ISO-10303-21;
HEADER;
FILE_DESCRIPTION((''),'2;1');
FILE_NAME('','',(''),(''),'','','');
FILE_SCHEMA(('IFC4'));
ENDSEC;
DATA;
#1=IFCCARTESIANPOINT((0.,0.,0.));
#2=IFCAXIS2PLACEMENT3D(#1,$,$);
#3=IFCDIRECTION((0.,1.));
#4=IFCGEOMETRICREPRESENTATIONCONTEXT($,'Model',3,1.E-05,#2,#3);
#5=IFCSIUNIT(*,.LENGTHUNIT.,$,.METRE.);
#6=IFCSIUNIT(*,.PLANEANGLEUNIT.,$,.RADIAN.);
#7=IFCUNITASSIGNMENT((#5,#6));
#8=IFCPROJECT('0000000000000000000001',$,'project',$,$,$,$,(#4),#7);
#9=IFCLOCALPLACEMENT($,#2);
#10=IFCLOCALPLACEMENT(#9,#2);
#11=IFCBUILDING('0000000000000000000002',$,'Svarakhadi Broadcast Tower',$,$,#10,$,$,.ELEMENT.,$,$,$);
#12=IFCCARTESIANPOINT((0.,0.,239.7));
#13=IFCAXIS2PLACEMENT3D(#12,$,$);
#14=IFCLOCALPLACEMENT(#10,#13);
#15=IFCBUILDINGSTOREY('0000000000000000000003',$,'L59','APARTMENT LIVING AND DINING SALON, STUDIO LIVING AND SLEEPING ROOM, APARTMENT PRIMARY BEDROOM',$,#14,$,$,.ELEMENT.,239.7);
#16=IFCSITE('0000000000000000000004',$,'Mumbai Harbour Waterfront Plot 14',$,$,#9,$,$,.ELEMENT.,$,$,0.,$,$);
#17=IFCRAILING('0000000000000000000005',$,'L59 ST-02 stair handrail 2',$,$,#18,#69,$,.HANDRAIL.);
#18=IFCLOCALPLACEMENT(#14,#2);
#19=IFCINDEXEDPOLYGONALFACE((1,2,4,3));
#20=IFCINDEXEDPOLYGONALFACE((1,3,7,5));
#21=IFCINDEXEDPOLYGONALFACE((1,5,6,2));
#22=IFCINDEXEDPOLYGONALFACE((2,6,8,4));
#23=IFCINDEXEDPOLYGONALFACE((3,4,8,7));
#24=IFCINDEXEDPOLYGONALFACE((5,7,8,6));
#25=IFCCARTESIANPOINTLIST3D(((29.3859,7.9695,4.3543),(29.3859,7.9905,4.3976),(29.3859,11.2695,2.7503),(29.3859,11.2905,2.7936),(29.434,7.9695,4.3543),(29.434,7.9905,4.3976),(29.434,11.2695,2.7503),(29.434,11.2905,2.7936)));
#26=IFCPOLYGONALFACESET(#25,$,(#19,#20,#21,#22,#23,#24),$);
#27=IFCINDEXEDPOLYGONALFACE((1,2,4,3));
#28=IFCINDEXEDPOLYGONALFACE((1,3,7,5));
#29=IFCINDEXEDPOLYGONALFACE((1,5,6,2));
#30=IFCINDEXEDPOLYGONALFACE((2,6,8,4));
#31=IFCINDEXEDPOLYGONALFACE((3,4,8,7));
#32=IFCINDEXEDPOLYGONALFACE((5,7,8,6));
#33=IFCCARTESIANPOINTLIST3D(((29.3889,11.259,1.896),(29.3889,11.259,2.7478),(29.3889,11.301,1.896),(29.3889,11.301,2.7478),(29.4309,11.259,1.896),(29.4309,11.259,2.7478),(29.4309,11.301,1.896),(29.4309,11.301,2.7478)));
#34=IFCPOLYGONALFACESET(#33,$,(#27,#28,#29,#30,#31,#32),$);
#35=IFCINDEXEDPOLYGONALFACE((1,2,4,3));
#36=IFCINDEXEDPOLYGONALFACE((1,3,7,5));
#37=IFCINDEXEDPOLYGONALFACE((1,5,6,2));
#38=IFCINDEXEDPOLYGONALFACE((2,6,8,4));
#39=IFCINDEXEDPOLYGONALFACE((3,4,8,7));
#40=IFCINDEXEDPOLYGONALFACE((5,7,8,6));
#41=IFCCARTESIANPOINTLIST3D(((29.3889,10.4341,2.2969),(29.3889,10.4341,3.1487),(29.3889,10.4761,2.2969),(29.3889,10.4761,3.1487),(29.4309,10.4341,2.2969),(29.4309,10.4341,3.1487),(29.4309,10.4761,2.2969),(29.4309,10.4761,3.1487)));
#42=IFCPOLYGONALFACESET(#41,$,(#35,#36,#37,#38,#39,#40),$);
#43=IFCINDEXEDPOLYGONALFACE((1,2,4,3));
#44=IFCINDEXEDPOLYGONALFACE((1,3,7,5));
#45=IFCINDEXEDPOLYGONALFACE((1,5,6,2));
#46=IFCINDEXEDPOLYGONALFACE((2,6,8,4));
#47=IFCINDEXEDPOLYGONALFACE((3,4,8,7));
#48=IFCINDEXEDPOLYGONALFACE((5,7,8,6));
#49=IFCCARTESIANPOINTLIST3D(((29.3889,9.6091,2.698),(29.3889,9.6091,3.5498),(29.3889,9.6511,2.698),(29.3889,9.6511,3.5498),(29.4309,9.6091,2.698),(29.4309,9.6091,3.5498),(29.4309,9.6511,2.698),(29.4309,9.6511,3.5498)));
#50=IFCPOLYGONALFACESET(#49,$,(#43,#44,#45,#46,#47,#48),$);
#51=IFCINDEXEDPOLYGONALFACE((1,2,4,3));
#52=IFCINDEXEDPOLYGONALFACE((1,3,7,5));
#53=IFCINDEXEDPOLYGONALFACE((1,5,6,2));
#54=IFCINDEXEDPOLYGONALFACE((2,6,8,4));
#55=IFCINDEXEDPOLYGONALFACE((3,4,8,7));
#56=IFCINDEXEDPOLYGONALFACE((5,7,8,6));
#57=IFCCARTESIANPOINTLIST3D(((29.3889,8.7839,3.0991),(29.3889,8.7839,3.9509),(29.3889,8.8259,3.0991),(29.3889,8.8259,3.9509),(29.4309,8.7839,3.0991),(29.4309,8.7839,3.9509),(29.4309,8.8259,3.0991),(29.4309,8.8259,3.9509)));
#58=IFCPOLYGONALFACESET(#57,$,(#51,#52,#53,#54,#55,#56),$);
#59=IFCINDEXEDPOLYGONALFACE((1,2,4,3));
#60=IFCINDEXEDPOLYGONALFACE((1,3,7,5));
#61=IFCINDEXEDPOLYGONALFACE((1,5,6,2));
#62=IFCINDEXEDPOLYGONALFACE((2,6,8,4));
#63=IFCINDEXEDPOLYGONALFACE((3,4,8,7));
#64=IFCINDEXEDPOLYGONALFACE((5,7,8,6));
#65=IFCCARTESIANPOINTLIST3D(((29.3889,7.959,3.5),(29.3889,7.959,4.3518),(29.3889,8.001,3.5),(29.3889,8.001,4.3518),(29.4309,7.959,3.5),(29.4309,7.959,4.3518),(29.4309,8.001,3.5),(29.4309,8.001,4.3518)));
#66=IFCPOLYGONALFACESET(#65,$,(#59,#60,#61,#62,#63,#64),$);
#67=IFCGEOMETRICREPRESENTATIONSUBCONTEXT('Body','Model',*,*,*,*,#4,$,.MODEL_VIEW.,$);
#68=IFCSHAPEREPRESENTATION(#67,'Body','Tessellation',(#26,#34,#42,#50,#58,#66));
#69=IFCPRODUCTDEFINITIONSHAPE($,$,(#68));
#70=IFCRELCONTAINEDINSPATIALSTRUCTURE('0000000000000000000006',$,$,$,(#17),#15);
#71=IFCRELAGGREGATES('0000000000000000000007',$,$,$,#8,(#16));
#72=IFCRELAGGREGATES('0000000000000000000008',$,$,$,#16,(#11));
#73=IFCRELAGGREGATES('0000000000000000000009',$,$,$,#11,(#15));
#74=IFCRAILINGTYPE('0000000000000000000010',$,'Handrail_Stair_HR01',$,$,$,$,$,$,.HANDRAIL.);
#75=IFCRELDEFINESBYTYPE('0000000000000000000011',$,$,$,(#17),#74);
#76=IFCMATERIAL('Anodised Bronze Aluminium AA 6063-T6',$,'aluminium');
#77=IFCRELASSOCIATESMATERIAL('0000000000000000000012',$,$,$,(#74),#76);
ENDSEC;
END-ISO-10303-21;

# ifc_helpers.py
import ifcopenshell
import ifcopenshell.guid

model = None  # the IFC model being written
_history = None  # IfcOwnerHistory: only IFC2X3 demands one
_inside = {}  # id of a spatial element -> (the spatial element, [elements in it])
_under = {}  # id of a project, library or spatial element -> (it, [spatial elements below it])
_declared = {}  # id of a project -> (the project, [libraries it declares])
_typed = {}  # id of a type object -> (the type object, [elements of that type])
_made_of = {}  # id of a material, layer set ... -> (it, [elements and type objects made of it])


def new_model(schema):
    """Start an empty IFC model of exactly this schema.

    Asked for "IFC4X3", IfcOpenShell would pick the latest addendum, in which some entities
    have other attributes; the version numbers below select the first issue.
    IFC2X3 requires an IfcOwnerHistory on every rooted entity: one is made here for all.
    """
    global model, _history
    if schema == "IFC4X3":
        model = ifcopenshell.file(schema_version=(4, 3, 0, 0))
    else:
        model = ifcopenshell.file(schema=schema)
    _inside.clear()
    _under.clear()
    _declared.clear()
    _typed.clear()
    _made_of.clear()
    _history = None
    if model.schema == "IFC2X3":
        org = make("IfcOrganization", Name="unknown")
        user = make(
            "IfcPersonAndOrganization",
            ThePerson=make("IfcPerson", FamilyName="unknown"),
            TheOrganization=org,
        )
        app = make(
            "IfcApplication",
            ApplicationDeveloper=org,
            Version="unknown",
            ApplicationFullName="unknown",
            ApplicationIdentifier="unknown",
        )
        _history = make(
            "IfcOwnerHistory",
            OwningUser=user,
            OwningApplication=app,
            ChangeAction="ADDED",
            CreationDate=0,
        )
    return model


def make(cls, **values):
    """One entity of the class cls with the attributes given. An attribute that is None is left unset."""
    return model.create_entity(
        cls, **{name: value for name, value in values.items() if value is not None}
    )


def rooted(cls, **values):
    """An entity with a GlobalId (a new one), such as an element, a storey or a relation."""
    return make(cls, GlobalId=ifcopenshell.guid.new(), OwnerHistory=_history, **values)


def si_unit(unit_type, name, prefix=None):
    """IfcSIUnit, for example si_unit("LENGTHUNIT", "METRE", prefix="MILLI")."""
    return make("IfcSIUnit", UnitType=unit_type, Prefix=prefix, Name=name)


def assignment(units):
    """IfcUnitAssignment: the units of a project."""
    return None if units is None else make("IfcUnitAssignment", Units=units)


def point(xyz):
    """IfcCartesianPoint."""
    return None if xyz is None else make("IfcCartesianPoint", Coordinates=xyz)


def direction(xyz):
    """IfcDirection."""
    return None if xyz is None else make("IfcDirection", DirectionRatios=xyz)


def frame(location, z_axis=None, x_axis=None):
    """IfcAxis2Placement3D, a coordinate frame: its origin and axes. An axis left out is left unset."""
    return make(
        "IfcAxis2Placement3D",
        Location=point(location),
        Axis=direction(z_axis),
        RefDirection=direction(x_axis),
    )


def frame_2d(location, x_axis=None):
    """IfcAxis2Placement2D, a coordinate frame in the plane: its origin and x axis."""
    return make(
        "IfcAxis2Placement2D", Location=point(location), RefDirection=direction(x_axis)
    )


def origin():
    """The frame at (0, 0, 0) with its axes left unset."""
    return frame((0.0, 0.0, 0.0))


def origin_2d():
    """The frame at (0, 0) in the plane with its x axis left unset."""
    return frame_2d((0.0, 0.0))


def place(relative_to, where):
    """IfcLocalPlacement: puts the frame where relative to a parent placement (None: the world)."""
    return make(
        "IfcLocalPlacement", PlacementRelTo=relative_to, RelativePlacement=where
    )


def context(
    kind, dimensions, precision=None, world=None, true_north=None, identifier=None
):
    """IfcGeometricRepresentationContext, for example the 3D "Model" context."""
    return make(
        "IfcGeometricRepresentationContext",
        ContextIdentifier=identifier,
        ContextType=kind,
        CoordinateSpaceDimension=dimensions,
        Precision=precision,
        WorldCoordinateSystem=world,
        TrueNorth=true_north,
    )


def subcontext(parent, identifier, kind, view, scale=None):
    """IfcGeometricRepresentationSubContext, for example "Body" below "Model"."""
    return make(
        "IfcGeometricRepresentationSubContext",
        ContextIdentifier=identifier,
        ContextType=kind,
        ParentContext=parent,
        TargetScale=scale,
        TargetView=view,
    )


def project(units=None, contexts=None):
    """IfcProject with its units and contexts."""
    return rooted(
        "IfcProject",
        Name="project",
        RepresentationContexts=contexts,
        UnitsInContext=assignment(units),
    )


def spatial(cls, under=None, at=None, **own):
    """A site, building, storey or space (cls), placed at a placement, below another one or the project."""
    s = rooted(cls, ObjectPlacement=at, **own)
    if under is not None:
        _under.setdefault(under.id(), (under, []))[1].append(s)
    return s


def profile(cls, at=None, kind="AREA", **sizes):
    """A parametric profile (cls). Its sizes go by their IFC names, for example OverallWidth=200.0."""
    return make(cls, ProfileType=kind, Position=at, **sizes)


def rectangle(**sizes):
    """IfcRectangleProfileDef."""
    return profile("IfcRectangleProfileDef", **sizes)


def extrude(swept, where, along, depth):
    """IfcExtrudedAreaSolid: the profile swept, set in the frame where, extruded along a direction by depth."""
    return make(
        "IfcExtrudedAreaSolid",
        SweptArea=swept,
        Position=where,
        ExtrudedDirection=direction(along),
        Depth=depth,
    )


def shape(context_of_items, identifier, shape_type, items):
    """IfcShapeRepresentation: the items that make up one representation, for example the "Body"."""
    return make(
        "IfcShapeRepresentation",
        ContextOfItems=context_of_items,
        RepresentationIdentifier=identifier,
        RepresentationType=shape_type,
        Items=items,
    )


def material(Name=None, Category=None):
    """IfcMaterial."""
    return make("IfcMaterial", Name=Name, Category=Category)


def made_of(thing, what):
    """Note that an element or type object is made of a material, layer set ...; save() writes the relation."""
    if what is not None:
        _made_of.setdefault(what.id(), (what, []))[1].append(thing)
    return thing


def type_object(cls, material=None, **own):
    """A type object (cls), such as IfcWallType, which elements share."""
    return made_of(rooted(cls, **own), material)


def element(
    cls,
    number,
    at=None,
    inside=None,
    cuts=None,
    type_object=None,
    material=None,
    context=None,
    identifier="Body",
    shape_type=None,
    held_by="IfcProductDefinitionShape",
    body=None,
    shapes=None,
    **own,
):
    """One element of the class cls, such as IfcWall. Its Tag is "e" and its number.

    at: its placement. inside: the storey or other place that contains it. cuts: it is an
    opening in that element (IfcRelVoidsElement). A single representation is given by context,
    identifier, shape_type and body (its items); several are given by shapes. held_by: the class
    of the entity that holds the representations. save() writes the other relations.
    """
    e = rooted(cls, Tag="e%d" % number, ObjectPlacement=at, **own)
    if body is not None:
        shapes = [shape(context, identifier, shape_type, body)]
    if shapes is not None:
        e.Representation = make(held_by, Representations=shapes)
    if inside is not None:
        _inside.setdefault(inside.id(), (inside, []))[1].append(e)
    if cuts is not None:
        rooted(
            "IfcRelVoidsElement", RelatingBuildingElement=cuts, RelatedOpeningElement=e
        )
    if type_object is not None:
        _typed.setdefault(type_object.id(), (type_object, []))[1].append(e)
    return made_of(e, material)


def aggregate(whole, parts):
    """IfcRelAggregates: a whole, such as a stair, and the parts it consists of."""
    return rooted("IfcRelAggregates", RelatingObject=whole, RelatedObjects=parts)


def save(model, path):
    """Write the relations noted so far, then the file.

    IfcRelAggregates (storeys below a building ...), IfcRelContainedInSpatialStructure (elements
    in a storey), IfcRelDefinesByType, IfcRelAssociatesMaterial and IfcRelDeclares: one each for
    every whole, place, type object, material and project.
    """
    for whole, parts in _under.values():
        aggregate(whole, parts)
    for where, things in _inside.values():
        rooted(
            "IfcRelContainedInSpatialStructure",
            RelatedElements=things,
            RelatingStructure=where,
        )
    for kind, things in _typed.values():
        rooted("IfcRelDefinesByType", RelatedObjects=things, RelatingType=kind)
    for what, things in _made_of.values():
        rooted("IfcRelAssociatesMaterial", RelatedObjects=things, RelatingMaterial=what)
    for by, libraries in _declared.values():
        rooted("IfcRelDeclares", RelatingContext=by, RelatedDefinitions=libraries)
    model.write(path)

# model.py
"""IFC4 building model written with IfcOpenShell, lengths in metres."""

from ifc_helpers import new_model, si_unit, direction, frame, origin, origin_2d, place, context, subcontext, project, spatial, rectangle, extrude, material, type_object, element, save


model = new_model("IFC4")

# Units and contexts
model_context = context("Model", 3, precision=1e-05, world=origin(), true_north=direction((0.0, 1.0)))
body_context = subcontext(model_context, "Body", "Model", "MODEL_VIEW")
ifc_project = project(units=[si_unit("LENGTHUNIT", "METRE"), si_unit("PLANEANGLEUNIT", "RADIAN")], contexts=[model_context])

# Site, building, storey
site_placement = place(None, origin())
site = spatial("IfcSite", under=ifc_project, at=site_placement, Name="Mumbai Harbour Waterfront Plot 14", CompositionType="ELEMENT", RefElevation=0.0)
building_placement = place(site_placement, origin())
building = spatial("IfcBuilding", under=site, at=building_placement, Name="Svarakhadi Broadcast Tower", CompositionType="ELEMENT")
storey_placement = place(building_placement, frame((0.0, 0.0, 239.7)))
storey = spatial("IfcBuildingStorey", under=building, at=storey_placement, Name="L59", Description="APARTMENT LIVING AND DINING SALON, STUDIO LIVING AND SLEEPING ROOM, APARTMENT PRIMARY BEDROOM", CompositionType="ELEMENT", Elevation=239.7)

# Shared definitions
ifc_material_1 = material(Name="Anodised Bronze Aluminium AA 6063-T6", Category="aluminium")

# Railing
railing_type_1 = type_object("IfcRailingType", Name="Handrail_Stair_HR01", PredefinedType="HANDRAIL", material=ifc_material_1)
railing_1_placement = place(storey_placement, frame((29.4099, 11.28, 1.896)))
element("IfcRailing", 1, at=railing_1_placement, inside=storey, type_object=railing_type_1, Name="L59 ST-02 stair handrail 2", PredefinedType="HANDRAIL", context=body_context, shape_type="SweptSolid", body=[
    extrude(rectangle(XDim=0.0481, YDim=0.0481, at=origin_2d()), frame((0.0, 0.0, 0.876), z_axis=(0.0, -0.899388, 0.437152), x_axis=(1.0, 0.0, 0.0)), (0.0, 0.0, 1.0), 3.6692),
    extrude(rectangle(XDim=0.042, YDim=0.042, at=origin_2d()), origin(), (0.0, 0.0, 1.0), 0.8518),
    extrude(rectangle(XDim=0.042, YDim=0.042, at=origin_2d()), frame((0.0, -0.825, 0.4009)), (0.0, 0.0, 1.0), 0.8518),
    extrude(rectangle(XDim=0.042, YDim=0.042, at=origin_2d()), frame((0.0, -1.6499, 0.802)), (0.0, 0.0, 1.0), 0.8518),
    extrude(rectangle(XDim=0.042, YDim=0.042, at=origin_2d()), frame((0.0, -2.4751, 1.2031)), (0.0, 0.0, 1.0), 0.8518),
    extrude(rectangle(XDim=0.042, YDim=0.042, at=origin_2d()), frame((0.0, -3.3, 1.604)), (0.0, 0.0, 1.0), 0.8518),
])

save(model, "model.ifc")
